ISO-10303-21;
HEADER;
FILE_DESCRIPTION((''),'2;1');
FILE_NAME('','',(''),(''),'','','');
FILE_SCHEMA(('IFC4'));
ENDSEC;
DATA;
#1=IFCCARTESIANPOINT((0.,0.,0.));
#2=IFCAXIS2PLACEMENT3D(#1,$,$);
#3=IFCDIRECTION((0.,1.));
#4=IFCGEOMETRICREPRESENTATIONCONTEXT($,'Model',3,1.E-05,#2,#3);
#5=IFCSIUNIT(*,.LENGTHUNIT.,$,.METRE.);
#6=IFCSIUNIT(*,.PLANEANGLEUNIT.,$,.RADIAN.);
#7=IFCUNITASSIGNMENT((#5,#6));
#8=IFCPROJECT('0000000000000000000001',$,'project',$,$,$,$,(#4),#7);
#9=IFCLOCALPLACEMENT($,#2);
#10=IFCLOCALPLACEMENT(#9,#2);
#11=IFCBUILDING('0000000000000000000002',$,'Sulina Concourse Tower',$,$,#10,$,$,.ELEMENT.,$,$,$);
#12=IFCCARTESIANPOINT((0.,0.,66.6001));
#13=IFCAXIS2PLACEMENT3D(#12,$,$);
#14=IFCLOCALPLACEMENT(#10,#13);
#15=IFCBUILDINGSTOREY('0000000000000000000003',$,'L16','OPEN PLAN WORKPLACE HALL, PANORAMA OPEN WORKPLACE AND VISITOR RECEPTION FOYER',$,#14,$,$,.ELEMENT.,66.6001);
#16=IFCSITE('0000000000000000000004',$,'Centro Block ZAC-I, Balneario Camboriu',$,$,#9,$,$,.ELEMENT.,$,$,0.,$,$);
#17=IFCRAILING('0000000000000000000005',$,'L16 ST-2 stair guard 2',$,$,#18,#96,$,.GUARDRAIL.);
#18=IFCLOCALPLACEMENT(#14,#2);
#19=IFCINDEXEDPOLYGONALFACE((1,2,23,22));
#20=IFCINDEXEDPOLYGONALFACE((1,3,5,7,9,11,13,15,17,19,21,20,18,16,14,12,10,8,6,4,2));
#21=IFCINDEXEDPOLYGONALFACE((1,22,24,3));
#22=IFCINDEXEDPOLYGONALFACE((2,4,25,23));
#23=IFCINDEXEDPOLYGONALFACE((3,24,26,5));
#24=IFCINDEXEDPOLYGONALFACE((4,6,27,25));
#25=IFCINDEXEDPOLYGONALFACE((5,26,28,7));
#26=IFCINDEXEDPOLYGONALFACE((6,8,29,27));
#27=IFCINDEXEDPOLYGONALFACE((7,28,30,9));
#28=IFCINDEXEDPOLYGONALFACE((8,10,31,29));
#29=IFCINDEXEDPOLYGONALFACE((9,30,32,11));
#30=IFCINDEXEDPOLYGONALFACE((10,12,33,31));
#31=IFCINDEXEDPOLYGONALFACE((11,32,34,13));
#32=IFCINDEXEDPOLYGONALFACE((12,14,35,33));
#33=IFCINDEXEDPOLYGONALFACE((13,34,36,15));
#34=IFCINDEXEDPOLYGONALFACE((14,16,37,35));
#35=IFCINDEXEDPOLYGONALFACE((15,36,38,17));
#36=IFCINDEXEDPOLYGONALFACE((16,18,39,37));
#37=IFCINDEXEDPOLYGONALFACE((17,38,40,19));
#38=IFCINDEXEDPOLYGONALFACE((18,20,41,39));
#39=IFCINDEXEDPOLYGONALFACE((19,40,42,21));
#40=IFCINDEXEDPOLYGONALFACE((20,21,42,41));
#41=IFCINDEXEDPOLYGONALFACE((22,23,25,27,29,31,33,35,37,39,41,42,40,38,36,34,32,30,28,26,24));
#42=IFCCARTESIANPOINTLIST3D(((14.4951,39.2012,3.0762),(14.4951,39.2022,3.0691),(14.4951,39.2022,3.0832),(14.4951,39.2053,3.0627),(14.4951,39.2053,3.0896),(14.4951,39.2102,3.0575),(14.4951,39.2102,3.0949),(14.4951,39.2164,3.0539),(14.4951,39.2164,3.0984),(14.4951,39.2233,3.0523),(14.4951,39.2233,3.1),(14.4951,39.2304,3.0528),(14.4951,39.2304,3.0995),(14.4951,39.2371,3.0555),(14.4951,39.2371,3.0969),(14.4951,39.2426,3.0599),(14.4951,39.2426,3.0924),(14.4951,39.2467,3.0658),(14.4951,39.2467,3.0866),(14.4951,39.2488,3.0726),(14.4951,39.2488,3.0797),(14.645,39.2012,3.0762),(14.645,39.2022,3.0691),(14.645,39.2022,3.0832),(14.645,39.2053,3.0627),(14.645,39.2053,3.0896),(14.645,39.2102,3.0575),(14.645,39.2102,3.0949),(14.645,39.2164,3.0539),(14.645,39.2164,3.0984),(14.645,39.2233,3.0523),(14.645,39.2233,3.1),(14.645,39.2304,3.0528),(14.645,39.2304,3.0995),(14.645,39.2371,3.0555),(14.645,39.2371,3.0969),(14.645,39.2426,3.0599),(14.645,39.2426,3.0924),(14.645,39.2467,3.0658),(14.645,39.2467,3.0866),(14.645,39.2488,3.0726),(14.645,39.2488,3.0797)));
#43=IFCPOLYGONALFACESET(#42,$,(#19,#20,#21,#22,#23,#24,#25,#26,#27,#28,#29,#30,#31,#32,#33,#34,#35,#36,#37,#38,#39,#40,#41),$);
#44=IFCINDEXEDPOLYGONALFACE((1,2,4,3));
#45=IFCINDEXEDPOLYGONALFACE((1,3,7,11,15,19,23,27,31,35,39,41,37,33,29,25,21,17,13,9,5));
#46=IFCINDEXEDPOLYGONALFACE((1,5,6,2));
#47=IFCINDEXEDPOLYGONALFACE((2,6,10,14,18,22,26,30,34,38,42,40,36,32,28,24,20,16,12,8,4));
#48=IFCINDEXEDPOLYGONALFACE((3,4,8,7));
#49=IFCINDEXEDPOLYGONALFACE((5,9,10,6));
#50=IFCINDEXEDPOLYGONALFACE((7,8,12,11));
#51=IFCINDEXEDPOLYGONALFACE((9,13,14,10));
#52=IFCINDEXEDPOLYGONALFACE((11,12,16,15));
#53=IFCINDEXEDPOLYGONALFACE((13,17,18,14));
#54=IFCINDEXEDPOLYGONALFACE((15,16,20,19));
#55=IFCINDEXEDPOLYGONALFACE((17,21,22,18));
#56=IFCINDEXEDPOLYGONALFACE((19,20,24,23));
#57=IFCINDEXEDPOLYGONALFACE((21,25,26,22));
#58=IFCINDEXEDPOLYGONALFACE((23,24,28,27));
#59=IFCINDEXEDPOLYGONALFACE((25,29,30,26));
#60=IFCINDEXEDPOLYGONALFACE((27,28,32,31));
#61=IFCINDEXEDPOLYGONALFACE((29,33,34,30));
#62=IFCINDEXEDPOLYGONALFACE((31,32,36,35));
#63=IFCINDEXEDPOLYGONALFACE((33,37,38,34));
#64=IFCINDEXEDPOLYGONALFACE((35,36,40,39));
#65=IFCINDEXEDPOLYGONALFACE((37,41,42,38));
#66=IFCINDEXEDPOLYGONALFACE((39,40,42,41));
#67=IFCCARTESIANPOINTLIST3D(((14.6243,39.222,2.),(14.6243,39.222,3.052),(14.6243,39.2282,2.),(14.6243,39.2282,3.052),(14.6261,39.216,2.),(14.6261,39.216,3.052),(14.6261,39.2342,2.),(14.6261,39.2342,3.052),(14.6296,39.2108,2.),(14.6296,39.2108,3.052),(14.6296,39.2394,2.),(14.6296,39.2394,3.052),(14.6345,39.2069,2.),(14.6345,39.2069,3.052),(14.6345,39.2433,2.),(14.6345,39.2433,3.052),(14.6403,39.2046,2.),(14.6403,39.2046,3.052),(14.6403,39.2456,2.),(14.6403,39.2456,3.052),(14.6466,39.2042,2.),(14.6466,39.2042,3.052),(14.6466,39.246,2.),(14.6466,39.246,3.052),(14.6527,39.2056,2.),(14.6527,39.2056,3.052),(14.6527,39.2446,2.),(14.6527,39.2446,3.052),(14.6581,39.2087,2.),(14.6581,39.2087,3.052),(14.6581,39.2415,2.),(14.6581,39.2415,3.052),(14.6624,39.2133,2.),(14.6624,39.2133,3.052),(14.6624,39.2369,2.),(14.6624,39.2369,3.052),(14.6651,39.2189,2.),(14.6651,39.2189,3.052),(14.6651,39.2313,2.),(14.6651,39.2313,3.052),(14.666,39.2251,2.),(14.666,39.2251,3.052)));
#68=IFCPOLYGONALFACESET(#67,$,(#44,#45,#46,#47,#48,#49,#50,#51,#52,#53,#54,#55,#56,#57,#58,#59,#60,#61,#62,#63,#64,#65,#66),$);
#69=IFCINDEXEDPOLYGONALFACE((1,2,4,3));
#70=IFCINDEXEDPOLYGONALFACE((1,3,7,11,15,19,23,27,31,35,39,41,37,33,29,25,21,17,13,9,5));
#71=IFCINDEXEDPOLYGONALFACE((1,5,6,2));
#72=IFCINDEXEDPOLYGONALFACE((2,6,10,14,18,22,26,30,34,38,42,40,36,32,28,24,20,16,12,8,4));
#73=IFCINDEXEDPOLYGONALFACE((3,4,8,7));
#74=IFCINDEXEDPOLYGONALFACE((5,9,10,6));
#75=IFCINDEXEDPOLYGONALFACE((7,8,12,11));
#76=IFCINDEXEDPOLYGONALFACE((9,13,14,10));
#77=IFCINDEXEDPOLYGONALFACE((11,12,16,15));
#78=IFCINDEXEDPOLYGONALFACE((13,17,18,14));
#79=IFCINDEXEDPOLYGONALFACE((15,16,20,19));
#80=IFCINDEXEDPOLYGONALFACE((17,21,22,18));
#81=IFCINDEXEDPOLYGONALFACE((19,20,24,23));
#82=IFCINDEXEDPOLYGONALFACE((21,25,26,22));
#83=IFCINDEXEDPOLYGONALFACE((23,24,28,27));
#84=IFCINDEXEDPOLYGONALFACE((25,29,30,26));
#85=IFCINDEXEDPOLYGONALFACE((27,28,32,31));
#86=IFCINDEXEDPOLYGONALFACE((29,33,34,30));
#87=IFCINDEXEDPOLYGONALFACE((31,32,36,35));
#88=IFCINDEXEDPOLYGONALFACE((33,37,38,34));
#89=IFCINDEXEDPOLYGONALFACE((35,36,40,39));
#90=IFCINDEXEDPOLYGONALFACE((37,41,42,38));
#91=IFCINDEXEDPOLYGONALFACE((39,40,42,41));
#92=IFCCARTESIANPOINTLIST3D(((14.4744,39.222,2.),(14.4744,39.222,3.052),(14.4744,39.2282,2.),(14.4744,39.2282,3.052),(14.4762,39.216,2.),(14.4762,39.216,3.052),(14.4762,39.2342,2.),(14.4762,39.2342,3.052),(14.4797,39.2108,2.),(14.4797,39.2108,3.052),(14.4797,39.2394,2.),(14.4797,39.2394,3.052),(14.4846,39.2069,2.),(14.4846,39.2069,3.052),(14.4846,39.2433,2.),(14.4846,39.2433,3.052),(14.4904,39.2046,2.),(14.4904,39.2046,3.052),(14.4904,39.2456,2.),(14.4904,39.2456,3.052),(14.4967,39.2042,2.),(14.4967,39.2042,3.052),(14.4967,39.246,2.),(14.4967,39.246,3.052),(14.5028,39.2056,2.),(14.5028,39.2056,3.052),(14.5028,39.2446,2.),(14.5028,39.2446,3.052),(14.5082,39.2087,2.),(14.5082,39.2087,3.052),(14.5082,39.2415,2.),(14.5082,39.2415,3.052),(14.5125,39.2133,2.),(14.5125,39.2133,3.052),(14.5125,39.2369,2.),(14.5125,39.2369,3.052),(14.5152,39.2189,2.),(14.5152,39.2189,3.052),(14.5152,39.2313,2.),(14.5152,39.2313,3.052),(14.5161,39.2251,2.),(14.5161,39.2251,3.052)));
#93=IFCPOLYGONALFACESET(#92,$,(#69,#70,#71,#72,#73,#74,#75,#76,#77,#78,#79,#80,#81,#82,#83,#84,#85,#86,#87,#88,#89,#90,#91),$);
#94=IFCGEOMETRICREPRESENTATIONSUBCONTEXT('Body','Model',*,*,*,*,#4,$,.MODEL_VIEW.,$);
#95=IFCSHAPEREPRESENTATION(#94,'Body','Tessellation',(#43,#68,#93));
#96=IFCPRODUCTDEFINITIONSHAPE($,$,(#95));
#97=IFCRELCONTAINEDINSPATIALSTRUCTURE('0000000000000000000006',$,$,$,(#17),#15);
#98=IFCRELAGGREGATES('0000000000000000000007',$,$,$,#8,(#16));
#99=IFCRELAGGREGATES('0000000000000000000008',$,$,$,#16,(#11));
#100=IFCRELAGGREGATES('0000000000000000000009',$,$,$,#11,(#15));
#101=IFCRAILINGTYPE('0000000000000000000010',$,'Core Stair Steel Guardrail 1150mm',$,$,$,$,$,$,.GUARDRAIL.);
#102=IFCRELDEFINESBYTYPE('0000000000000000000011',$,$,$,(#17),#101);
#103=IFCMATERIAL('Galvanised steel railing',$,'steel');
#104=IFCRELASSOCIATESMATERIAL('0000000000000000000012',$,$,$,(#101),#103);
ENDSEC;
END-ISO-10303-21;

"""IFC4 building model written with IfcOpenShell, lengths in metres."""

from ifc_helpers import new_model, si_unit, direction, frame, origin, origin_2d, place, context, subcontext, project, spatial, circle, extrude, material, type_object, element, save


model = new_model("IFC4")

# Units and contexts
model_context = context("Model", 3, precision=1e-05, world=origin(), true_north=direction((0.0, 1.0)))
body_context = subcontext(model_context, "Body", "Model", "MODEL_VIEW")
ifc_project = project(units=[si_unit("LENGTHUNIT", "METRE"), si_unit("PLANEANGLEUNIT", "RADIAN")], contexts=[model_context])

# Site, building, storey
site_placement = place(None, origin())
site = spatial("IfcSite", under=ifc_project, at=site_placement, Name="Centro Block ZAC-I, Balneario Camboriu", CompositionType="ELEMENT", RefElevation=0.0)
building_placement = place(site_placement, origin())
building = spatial("IfcBuilding", under=site, at=building_placement, Name="Sulina Concourse Tower", CompositionType="ELEMENT")
storey_placement = place(building_placement, frame((0.0, 0.0, 66.6001)))
storey = spatial("IfcBuildingStorey", under=building, at=storey_placement, Name="L16", Description="OPEN PLAN WORKPLACE HALL, PANORAMA OPEN WORKPLACE AND VISITOR RECEPTION FOYER", CompositionType="ELEMENT", Elevation=66.6001)

# Railing
ifc_material_1 = material(Name="Galvanised steel railing", Category="steel")
railing_type_1 = type_object("IfcRailingType", Name="Core Stair Steel Guardrail 1150mm", PredefinedType="GUARDRAIL", material=ifc_material_1)
railing_1_placement = place(storey_placement, frame((14.645, 39.2251, 2.0)))
element("IfcRailing", 1, at=railing_1_placement, inside=storey, type_object=railing_type_1, Name="L16 ST-2 stair guard 2", PredefinedType="GUARDRAIL", context=body_context, shape_type="SweptSolid", body=[
    extrude(circle(Radius=0.0239, at=origin_2d()), frame((0.0, 0.0, 1.0762), z_axis=(-1.0, 0.0, 0.0), x_axis=(0.0, -1.0, 0.0)), (0.0, 0.0, 1.0), 0.1499),
    extrude(circle(Radius=0.021, at=origin_2d()), origin(), (0.0, 0.0, 1.0), 1.052),
    extrude(circle(Radius=0.021, at=origin_2d()), frame((-0.1499, 0.0, 0.0)), (0.0, 0.0, 1.0), 1.052),
])

save(model, "model.ifc")
